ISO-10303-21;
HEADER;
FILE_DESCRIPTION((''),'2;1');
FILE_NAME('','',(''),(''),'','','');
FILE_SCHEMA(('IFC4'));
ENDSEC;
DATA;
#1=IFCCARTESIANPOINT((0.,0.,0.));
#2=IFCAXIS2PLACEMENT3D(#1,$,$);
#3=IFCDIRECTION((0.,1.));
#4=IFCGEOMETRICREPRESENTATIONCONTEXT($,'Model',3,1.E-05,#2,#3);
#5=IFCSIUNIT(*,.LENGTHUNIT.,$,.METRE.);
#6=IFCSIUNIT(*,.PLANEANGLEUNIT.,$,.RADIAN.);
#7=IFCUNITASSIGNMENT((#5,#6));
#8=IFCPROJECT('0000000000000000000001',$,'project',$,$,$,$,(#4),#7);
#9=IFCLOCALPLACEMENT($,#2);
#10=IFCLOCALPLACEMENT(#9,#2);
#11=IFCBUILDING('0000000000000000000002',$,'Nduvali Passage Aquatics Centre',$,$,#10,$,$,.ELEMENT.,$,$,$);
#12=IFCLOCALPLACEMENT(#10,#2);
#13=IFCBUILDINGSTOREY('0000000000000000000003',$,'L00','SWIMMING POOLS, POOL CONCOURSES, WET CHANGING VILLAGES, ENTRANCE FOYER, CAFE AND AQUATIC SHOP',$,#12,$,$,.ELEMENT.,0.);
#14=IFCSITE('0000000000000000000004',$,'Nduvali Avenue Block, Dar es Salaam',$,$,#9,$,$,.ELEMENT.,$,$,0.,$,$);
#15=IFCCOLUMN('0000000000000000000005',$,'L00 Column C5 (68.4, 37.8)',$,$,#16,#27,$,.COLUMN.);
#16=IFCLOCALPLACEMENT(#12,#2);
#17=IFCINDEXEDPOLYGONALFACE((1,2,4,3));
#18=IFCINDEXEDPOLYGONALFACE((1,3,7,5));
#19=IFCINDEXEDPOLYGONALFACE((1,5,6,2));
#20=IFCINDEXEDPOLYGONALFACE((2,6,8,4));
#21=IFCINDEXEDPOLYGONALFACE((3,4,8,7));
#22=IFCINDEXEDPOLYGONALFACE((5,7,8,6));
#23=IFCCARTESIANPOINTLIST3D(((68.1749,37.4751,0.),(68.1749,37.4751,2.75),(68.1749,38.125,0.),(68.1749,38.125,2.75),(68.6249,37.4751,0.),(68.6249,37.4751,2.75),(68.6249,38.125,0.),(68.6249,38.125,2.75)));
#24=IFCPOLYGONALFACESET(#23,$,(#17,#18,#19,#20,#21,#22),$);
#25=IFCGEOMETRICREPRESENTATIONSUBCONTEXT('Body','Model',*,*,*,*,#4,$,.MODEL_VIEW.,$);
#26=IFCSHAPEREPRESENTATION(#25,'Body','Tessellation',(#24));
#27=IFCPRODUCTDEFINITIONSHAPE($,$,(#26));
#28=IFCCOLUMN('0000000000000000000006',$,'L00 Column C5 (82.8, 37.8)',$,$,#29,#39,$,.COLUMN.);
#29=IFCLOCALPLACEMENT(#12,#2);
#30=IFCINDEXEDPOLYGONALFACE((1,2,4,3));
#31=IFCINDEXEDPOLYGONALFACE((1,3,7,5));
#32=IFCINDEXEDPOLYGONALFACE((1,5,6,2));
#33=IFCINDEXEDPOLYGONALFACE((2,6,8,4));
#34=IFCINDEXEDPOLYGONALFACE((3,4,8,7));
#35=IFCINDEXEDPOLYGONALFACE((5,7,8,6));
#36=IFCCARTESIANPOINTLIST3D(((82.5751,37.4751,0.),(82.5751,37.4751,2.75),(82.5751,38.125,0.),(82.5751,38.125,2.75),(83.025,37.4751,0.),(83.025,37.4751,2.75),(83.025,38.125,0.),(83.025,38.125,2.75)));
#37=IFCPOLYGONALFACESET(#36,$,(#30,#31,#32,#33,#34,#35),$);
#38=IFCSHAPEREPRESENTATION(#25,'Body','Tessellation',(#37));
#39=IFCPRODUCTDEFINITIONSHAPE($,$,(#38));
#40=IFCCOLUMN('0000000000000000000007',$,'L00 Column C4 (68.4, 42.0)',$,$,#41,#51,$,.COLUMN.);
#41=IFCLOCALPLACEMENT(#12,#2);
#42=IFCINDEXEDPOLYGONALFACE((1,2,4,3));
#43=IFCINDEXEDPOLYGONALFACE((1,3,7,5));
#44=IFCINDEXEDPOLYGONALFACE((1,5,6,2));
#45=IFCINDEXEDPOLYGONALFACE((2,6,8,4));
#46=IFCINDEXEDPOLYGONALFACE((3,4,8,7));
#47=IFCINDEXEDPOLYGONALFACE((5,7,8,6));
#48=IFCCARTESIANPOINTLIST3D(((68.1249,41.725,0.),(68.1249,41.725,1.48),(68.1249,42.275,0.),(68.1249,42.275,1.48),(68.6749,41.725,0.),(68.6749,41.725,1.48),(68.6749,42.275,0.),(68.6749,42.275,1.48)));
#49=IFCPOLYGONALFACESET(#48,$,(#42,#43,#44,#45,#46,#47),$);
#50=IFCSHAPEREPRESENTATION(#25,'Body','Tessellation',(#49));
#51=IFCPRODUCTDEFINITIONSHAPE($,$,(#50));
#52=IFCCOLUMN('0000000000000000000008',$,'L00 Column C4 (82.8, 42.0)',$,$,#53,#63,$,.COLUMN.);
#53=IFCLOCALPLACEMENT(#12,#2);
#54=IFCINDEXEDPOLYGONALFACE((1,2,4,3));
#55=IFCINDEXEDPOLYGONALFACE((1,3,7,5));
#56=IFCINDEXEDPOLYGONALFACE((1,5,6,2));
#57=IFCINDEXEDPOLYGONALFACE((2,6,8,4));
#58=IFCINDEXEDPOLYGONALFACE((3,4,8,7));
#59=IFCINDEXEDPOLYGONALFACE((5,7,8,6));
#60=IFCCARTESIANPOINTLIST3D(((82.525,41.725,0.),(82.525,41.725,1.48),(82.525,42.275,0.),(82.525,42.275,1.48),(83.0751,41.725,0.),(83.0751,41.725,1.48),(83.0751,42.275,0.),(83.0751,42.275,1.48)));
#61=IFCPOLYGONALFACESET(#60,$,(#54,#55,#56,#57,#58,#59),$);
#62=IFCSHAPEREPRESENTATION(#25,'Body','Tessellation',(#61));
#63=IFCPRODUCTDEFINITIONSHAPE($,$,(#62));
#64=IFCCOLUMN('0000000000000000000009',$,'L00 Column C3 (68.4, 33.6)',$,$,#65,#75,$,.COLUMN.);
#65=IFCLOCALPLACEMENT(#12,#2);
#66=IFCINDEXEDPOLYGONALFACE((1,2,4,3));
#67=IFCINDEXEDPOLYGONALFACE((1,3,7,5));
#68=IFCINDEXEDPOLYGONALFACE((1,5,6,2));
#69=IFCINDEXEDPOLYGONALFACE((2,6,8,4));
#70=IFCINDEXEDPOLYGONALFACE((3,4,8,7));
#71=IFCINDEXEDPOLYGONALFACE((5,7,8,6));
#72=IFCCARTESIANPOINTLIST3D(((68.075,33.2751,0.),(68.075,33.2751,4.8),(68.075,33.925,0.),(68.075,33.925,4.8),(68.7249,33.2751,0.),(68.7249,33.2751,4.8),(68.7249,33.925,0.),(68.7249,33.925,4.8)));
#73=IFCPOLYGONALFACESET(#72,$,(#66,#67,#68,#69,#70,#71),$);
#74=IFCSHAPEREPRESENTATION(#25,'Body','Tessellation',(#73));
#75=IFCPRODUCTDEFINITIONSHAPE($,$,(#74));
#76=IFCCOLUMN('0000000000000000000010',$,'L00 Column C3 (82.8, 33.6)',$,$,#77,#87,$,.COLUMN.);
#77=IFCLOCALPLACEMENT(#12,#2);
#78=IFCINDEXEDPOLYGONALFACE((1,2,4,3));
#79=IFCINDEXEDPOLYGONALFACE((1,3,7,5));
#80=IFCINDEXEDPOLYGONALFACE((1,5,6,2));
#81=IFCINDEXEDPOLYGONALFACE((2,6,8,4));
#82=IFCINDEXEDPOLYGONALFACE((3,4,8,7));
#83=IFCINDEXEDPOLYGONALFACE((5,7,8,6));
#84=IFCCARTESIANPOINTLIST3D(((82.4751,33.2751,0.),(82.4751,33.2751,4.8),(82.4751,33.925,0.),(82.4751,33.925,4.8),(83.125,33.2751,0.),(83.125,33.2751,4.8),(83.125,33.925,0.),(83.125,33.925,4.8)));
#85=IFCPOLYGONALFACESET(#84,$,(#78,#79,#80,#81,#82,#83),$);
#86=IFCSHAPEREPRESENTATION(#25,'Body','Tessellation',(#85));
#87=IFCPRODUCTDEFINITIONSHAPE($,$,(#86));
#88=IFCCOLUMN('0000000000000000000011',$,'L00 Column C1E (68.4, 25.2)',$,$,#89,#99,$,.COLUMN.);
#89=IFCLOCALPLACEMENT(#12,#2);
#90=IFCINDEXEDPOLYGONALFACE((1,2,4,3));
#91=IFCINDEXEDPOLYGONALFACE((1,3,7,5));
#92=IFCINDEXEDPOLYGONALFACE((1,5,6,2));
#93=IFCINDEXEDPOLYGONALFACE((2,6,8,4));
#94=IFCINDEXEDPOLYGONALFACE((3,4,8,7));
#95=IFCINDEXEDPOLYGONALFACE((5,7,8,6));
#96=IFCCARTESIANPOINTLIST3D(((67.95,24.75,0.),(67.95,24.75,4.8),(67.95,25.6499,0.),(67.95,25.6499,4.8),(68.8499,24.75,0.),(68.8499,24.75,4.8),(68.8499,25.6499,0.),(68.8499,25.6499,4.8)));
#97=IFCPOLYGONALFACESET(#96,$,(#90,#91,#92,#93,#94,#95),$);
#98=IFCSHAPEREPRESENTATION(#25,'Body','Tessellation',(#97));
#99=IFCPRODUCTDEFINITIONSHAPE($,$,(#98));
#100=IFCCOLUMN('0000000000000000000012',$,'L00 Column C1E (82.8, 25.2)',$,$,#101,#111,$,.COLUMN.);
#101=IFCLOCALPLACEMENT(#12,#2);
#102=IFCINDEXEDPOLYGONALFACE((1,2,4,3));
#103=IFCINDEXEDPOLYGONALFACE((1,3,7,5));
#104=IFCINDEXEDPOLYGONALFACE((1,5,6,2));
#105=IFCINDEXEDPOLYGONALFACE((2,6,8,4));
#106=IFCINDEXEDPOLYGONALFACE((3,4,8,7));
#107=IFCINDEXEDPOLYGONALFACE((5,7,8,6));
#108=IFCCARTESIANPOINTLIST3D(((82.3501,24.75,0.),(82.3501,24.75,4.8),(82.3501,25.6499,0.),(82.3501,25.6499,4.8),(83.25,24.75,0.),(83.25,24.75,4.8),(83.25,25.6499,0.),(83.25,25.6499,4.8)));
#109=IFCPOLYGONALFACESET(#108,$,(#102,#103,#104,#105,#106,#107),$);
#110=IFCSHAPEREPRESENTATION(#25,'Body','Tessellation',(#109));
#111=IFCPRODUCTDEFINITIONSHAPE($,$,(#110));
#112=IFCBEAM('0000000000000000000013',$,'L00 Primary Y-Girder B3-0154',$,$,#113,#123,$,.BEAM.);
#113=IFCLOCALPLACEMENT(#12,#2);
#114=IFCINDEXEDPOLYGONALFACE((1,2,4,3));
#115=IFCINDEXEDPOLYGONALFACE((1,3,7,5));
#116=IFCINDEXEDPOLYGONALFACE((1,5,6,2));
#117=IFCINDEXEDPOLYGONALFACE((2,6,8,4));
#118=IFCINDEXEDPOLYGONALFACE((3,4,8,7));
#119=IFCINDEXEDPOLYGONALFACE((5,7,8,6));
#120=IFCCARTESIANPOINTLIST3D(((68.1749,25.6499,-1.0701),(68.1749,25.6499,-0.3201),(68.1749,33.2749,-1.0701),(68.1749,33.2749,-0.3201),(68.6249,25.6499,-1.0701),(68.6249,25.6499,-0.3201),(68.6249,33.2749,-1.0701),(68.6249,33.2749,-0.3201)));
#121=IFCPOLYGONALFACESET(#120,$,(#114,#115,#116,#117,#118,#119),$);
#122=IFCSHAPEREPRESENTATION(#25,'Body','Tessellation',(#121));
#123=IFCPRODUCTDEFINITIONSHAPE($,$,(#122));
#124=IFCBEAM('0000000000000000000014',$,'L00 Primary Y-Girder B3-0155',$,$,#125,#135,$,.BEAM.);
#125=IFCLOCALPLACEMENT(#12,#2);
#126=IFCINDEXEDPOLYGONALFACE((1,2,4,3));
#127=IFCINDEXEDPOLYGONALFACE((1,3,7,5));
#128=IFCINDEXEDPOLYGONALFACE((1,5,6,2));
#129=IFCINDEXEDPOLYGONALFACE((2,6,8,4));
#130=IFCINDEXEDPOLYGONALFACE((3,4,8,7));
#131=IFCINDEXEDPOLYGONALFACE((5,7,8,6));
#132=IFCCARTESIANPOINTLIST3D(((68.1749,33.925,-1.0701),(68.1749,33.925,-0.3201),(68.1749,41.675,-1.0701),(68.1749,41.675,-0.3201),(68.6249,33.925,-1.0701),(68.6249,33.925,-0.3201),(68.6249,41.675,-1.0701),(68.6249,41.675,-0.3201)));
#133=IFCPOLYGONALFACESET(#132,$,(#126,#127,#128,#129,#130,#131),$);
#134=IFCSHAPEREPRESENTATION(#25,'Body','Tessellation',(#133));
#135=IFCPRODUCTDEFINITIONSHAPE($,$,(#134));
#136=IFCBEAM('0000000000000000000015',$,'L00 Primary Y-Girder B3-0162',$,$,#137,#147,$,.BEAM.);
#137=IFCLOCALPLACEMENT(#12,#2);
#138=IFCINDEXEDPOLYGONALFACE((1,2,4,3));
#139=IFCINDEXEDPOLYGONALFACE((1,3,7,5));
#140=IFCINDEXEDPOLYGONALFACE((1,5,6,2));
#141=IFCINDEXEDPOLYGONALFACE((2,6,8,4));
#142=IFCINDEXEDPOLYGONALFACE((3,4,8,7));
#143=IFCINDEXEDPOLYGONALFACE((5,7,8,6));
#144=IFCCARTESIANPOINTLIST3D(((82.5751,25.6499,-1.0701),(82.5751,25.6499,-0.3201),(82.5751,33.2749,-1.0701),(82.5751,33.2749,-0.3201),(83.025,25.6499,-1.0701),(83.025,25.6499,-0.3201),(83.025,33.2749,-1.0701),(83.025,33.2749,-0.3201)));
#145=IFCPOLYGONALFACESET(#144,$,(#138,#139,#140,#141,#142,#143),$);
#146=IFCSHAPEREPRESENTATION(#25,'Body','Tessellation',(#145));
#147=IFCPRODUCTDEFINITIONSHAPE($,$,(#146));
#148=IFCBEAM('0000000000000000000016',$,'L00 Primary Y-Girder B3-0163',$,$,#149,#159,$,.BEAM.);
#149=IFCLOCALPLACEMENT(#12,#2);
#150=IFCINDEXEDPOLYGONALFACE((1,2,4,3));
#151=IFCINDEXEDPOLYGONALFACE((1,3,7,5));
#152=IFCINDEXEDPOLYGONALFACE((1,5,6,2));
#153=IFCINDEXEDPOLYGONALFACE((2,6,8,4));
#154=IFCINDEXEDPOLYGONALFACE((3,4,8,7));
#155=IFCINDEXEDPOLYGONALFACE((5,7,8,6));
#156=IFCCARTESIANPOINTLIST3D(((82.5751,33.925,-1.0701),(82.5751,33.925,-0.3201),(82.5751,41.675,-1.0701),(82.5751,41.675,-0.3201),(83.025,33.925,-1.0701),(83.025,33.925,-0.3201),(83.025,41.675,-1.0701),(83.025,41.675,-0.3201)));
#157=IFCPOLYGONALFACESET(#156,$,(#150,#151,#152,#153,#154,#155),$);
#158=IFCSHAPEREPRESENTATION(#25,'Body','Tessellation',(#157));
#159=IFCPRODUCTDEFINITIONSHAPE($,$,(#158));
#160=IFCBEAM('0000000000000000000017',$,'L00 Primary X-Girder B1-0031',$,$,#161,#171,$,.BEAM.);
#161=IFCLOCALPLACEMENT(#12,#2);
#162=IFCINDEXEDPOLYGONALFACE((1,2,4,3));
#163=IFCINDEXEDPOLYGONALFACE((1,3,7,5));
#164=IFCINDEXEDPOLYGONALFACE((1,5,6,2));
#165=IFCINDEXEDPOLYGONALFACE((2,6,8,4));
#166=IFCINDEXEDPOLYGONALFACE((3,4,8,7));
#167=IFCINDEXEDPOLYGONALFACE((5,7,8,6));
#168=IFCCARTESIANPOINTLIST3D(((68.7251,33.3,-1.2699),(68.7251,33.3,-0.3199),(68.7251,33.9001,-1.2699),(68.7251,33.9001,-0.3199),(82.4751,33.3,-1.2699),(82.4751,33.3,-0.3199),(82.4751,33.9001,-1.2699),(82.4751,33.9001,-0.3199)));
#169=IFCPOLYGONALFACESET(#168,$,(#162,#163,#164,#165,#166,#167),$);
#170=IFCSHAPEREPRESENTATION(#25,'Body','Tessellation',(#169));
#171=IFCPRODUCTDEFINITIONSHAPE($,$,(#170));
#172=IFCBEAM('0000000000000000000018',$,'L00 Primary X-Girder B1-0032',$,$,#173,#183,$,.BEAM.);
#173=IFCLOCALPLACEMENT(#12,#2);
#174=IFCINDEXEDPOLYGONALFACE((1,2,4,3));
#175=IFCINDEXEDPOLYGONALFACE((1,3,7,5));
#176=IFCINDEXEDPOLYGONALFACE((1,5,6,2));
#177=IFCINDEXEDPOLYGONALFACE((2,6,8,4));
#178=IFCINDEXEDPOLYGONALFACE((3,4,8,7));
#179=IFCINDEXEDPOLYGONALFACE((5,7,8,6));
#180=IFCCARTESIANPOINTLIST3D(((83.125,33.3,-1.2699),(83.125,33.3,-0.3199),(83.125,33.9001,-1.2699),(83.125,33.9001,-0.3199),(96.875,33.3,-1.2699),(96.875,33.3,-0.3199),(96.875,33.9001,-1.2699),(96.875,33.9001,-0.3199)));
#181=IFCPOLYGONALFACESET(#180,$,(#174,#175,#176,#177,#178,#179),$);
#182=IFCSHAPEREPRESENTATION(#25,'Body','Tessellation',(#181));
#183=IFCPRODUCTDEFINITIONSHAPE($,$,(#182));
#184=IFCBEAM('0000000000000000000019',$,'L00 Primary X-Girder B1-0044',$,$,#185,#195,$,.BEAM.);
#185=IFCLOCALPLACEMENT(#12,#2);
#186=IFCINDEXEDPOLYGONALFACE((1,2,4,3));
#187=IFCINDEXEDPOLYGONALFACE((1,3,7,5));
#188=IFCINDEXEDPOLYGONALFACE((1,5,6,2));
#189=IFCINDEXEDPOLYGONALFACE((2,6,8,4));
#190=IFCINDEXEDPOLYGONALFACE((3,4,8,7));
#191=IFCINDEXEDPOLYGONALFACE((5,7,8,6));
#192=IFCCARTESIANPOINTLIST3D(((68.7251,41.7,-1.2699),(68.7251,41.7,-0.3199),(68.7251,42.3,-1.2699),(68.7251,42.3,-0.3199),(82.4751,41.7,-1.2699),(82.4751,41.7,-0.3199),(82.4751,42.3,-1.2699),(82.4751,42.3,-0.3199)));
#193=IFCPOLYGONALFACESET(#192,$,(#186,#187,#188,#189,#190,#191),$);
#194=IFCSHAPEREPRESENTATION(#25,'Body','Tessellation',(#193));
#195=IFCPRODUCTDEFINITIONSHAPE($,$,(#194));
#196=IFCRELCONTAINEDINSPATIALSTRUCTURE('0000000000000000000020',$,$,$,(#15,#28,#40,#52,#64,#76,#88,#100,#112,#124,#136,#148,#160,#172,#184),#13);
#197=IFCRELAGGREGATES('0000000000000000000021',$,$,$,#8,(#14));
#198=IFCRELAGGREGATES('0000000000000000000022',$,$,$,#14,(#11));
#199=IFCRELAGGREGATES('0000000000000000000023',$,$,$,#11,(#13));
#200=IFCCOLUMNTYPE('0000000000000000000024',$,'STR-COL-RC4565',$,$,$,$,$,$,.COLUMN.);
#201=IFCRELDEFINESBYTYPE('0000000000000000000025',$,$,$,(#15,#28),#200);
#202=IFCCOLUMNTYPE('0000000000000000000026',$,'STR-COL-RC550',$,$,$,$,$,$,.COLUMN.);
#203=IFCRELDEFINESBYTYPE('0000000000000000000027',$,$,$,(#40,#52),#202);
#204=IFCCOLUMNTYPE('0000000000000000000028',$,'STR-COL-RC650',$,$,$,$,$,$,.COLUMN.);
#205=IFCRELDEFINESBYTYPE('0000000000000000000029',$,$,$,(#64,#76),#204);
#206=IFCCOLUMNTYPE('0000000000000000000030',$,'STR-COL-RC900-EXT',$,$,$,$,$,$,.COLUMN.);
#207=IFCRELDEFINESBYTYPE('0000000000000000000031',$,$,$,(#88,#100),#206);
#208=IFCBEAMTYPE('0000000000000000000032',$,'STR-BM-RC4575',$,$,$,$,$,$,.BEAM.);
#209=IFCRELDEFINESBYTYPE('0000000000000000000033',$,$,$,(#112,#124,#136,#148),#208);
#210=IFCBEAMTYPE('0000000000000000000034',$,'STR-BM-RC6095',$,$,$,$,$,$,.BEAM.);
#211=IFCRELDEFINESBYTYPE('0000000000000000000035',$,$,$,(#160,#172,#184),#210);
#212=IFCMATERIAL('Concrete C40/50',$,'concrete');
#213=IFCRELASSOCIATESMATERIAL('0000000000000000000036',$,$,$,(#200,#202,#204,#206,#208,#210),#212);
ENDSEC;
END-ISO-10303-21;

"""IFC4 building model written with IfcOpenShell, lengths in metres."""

from ifc_helpers import new_model, si_unit, direction, frame, origin, origin_2d, place, context, subcontext, project, spatial, rectangle, extrude, material, material_profile, profile_set, type_object, element, save


model = new_model("IFC4")

# Units and contexts
model_context = context("Model", 3, precision=1e-05, world=origin(), true_north=direction((0.0, 1.0)))
body_context = subcontext(model_context, "Body", "Model", "MODEL_VIEW")
ifc_project = project(units=[si_unit("LENGTHUNIT", "METRE"), si_unit("PLANEANGLEUNIT", "RADIAN")], contexts=[model_context])

# Site, building, storey
site_placement = place(None, origin())
site = spatial("IfcSite", under=ifc_project, at=site_placement, Name="Nduvali Avenue Block, Dar es Salaam", CompositionType="ELEMENT", RefElevation=0.0)
building_placement = place(site_placement, origin())
building = spatial("IfcBuilding", under=site, at=building_placement, Name="Nduvali Passage Aquatics Centre", CompositionType="ELEMENT")
storey_placement = place(building_placement, origin())
storey = spatial("IfcBuildingStorey", under=building, at=storey_placement, Name="L00", Description="SWIMMING POOLS, POOL CONCOURSES, WET CHANGING VILLAGES, ENTRANCE FOYER, CAFE AND AQUATIC SHOP", CompositionType="ELEMENT", Elevation=0.0)

# Columns
ifc_material_1 = material(Name="Concrete C40/50", Category="concrete")
ifc_material_profile_1 = material_profile(ifc_material_1, rectangle(XDim=0.45, YDim=0.6499, at=origin_2d()), Name="RC 450x650")
ifc_profile_set_1 = profile_set([ifc_material_profile_1], Name="Concrete C40/50")
column_type_1 = type_object("IfcColumnType", Name="STR-COL-RC4565", PredefinedType="COLUMN", material=ifc_profile_set_1)
for number, where, z_axis, x_axis, name in (
    (1, (68.3999, 37.8, 0.0), (0.0, 0.0, 1.0), (1.0, 0.0, 0.0), "L00 Column C5 (68.4, 37.8)"),
    (2, (82.8, 37.8, 0.0), (0.0, 0.0, 1.0), (1.0, 0.0, 0.0), "L00 Column C5 (82.8, 37.8)"),
):
    element("IfcColumn", number, at=place(storey_placement, frame(where, z_axis=z_axis, x_axis=x_axis)), inside=storey, type_object=column_type_1, Name=name, PredefinedType="COLUMN", context=body_context, shape_type="SweptSolid", body=[
        extrude(rectangle(XDim=0.45, YDim=0.6499, at=origin_2d()), origin(), (0.0, 0.0, 1.0), 2.75),
    ])
ifc_material_profile_2 = material_profile(ifc_material_1, rectangle(XDim=0.55, YDim=0.55, at=origin_2d()), Name="RC 550x550")
ifc_profile_set_2 = profile_set([ifc_material_profile_2], Name="Concrete C40/50")
column_type_2 = type_object("IfcColumnType", Name="STR-COL-RC550", PredefinedType="COLUMN", material=ifc_profile_set_2)
for number, where, z_axis, x_axis, name in (
    (3, (68.3999, 42.0, 0.0), (0.0, 0.0, 1.0), (1.0, 0.0, 0.0), "L00 Column C4 (68.4, 42.0)"),
    (4, (82.8, 42.0, 0.0), (0.0, 0.0, 1.0), (1.0, 0.0, 0.0), "L00 Column C4 (82.8, 42.0)"),
):
    element("IfcColumn", number, at=place(storey_placement, frame(where, z_axis=z_axis, x_axis=x_axis)), inside=storey, type_object=column_type_2, Name=name, PredefinedType="COLUMN", context=body_context, shape_type="SweptSolid", body=[
        extrude(rectangle(XDim=0.55, YDim=0.55, at=origin_2d()), origin(), (0.0, 0.0, 1.0), 1.48),
    ])
ifc_material_profile_3 = material_profile(ifc_material_1, rectangle(XDim=0.6499, YDim=0.6499, at=origin_2d()), Name="RC 650x650")
ifc_profile_set_3 = profile_set([ifc_material_profile_3], Name="Concrete C40/50")
column_type_3 = type_object("IfcColumnType", Name="STR-COL-RC650", PredefinedType="COLUMN", material=ifc_profile_set_3)
for number, where, z_axis, x_axis, name in (
    (5, (68.3999, 33.6001, 0.0), (0.0, 0.0, 1.0), (1.0, 0.0, 0.0), "L00 Column C3 (68.4, 33.6)"),
    (6, (82.8, 33.6001, 0.0), (0.0, 0.0, 1.0), (1.0, 0.0, 0.0), "L00 Column C3 (82.8, 33.6)"),
):
    element("IfcColumn", number, at=place(storey_placement, frame(where, z_axis=z_axis, x_axis=x_axis)), inside=storey, type_object=column_type_3, Name=name, PredefinedType="COLUMN", context=body_context, shape_type="SweptSolid", body=[
        extrude(rectangle(XDim=0.6499, YDim=0.6499, at=origin_2d()), origin(), (0.0, 0.0, 1.0), 4.8),
    ])
ifc_material_profile_4 = material_profile(ifc_material_1, rectangle(XDim=0.8999, YDim=0.8999, at=origin_2d()), Name="RC 900x900")
ifc_profile_set_4 = profile_set([ifc_material_profile_4], Name="Concrete C40/50")
column_type_4 = type_object("IfcColumnType", Name="STR-COL-RC900-EXT", PredefinedType="COLUMN", material=ifc_profile_set_4)
for number, where, z_axis, x_axis, name in (
    (7, (68.3999, 25.2, 0.0), (0.0, 0.0, 1.0), (1.0, 0.0, 0.0), "L00 Column C1E (68.4, 25.2)"),
    (8, (82.8, 25.2, 0.0), (0.0, 0.0, 1.0), (1.0, 0.0, 0.0), "L00 Column C1E (82.8, 25.2)"),
):
    element("IfcColumn", number, at=place(storey_placement, frame(where, z_axis=z_axis, x_axis=x_axis)), inside=storey, type_object=column_type_4, Name=name, PredefinedType="COLUMN", context=body_context, shape_type="SweptSolid", body=[
        extrude(rectangle(XDim=0.8999, YDim=0.8999, at=origin_2d()), origin(), (0.0, 0.0, 1.0), 4.8),
    ])

# Beams
ifc_material_profile_5 = material_profile(ifc_material_1, rectangle(XDim=0.45, YDim=0.75, at=origin_2d()), Name="RC 450x750")
ifc_profile_set_5 = profile_set([ifc_material_profile_5], Name="Concrete C40/50")
beam_type_1 = type_object("IfcBeamType", Name="STR-BM-RC4575", PredefinedType="BEAM", material=ifc_profile_set_5)
beam_1_placement = place(storey_placement, frame((68.3999, 25.6499, -0.6951), z_axis=(0.0, 1.0, 0.0), x_axis=(-1.0, 0.0, 0.0)))
element("IfcBeam", 9, at=beam_1_placement, inside=storey, type_object=beam_type_1, Name="L00 Primary Y-Girder B3-0154", PredefinedType="BEAM", context=body_context, shape_type="SweptSolid", body=[
    extrude(rectangle(XDim=0.45, YDim=0.75, at=origin_2d()), origin(), (0.0, 0.0, 1.0), 7.625),
])
beam_2_placement = place(storey_placement, frame((68.3999, 33.925, -0.6951), z_axis=(0.0, 1.0, 0.0), x_axis=(-1.0, 0.0, 0.0)))
element("IfcBeam", 10, at=beam_2_placement, inside=storey, type_object=beam_type_1, Name="L00 Primary Y-Girder B3-0155", PredefinedType="BEAM", context=body_context, shape_type="SweptSolid", body=[
    extrude(rectangle(XDim=0.45, YDim=0.75, at=origin_2d()), origin(), (0.0, 0.0, 1.0), 7.75),
])
beam_3_placement = place(storey_placement, frame((82.8, 25.6499, -0.6951), z_axis=(0.0, 1.0, 0.0), x_axis=(-1.0, 0.0, 0.0)))
element("IfcBeam", 11, at=beam_3_placement, inside=storey, type_object=beam_type_1, Name="L00 Primary Y-Girder B3-0162", PredefinedType="BEAM", context=body_context, shape_type="SweptSolid", body=[
    extrude(rectangle(XDim=0.45, YDim=0.75, at=origin_2d()), origin(), (0.0, 0.0, 1.0), 7.625),
])
beam_4_placement = place(storey_placement, frame((82.8, 33.925, -0.6951), z_axis=(0.0, 1.0, 0.0), x_axis=(-1.0, 0.0, 0.0)))
element("IfcBeam", 12, at=beam_4_placement, inside=storey, type_object=beam_type_1, Name="L00 Primary Y-Girder B3-0163", PredefinedType="BEAM", context=body_context, shape_type="SweptSolid", body=[
    extrude(rectangle(XDim=0.45, YDim=0.75, at=origin_2d()), origin(), (0.0, 0.0, 1.0), 7.75),
])
ifc_material_profile_6 = material_profile(ifc_material_1, rectangle(XDim=0.6001, YDim=0.95, at=origin_2d()), Name="RC 600x950")
ifc_profile_set_6 = profile_set([ifc_material_profile_6], Name="Concrete C40/50")
beam_type_2 = type_object("IfcBeamType", Name="STR-BM-RC6095", PredefinedType="BEAM", material=ifc_profile_set_6)
for number, where, z_axis, x_axis, name in (
    (13, (68.7251, 33.6001, -0.7949), (1.0, 0.0, 0.0), (0.0, 1.0, 0.0), "L00 Primary X-Girder B1-0031"),
    (14, (83.125, 33.6001, -0.7949), (1.0, 0.0, 0.0), (0.0, 1.0, 0.0), "L00 Primary X-Girder B1-0032"),
    (15, (68.7251, 42.0, -0.7949), (1.0, 0.0, 0.0), (0.0, 1.0, 0.0), "L00 Primary X-Girder B1-0044"),
):
    element("IfcBeam", number, at=place(storey_placement, frame(where, z_axis=z_axis, x_axis=x_axis)), inside=storey, type_object=beam_type_2, Name=name, PredefinedType="BEAM", context=body_context, shape_type="SweptSolid", body=[
        extrude(rectangle(XDim=0.6001, YDim=0.95, at=origin_2d()), origin(), (0.0, 0.0, 1.0), 13.75),
    ])

save(model, "model.ifc")
